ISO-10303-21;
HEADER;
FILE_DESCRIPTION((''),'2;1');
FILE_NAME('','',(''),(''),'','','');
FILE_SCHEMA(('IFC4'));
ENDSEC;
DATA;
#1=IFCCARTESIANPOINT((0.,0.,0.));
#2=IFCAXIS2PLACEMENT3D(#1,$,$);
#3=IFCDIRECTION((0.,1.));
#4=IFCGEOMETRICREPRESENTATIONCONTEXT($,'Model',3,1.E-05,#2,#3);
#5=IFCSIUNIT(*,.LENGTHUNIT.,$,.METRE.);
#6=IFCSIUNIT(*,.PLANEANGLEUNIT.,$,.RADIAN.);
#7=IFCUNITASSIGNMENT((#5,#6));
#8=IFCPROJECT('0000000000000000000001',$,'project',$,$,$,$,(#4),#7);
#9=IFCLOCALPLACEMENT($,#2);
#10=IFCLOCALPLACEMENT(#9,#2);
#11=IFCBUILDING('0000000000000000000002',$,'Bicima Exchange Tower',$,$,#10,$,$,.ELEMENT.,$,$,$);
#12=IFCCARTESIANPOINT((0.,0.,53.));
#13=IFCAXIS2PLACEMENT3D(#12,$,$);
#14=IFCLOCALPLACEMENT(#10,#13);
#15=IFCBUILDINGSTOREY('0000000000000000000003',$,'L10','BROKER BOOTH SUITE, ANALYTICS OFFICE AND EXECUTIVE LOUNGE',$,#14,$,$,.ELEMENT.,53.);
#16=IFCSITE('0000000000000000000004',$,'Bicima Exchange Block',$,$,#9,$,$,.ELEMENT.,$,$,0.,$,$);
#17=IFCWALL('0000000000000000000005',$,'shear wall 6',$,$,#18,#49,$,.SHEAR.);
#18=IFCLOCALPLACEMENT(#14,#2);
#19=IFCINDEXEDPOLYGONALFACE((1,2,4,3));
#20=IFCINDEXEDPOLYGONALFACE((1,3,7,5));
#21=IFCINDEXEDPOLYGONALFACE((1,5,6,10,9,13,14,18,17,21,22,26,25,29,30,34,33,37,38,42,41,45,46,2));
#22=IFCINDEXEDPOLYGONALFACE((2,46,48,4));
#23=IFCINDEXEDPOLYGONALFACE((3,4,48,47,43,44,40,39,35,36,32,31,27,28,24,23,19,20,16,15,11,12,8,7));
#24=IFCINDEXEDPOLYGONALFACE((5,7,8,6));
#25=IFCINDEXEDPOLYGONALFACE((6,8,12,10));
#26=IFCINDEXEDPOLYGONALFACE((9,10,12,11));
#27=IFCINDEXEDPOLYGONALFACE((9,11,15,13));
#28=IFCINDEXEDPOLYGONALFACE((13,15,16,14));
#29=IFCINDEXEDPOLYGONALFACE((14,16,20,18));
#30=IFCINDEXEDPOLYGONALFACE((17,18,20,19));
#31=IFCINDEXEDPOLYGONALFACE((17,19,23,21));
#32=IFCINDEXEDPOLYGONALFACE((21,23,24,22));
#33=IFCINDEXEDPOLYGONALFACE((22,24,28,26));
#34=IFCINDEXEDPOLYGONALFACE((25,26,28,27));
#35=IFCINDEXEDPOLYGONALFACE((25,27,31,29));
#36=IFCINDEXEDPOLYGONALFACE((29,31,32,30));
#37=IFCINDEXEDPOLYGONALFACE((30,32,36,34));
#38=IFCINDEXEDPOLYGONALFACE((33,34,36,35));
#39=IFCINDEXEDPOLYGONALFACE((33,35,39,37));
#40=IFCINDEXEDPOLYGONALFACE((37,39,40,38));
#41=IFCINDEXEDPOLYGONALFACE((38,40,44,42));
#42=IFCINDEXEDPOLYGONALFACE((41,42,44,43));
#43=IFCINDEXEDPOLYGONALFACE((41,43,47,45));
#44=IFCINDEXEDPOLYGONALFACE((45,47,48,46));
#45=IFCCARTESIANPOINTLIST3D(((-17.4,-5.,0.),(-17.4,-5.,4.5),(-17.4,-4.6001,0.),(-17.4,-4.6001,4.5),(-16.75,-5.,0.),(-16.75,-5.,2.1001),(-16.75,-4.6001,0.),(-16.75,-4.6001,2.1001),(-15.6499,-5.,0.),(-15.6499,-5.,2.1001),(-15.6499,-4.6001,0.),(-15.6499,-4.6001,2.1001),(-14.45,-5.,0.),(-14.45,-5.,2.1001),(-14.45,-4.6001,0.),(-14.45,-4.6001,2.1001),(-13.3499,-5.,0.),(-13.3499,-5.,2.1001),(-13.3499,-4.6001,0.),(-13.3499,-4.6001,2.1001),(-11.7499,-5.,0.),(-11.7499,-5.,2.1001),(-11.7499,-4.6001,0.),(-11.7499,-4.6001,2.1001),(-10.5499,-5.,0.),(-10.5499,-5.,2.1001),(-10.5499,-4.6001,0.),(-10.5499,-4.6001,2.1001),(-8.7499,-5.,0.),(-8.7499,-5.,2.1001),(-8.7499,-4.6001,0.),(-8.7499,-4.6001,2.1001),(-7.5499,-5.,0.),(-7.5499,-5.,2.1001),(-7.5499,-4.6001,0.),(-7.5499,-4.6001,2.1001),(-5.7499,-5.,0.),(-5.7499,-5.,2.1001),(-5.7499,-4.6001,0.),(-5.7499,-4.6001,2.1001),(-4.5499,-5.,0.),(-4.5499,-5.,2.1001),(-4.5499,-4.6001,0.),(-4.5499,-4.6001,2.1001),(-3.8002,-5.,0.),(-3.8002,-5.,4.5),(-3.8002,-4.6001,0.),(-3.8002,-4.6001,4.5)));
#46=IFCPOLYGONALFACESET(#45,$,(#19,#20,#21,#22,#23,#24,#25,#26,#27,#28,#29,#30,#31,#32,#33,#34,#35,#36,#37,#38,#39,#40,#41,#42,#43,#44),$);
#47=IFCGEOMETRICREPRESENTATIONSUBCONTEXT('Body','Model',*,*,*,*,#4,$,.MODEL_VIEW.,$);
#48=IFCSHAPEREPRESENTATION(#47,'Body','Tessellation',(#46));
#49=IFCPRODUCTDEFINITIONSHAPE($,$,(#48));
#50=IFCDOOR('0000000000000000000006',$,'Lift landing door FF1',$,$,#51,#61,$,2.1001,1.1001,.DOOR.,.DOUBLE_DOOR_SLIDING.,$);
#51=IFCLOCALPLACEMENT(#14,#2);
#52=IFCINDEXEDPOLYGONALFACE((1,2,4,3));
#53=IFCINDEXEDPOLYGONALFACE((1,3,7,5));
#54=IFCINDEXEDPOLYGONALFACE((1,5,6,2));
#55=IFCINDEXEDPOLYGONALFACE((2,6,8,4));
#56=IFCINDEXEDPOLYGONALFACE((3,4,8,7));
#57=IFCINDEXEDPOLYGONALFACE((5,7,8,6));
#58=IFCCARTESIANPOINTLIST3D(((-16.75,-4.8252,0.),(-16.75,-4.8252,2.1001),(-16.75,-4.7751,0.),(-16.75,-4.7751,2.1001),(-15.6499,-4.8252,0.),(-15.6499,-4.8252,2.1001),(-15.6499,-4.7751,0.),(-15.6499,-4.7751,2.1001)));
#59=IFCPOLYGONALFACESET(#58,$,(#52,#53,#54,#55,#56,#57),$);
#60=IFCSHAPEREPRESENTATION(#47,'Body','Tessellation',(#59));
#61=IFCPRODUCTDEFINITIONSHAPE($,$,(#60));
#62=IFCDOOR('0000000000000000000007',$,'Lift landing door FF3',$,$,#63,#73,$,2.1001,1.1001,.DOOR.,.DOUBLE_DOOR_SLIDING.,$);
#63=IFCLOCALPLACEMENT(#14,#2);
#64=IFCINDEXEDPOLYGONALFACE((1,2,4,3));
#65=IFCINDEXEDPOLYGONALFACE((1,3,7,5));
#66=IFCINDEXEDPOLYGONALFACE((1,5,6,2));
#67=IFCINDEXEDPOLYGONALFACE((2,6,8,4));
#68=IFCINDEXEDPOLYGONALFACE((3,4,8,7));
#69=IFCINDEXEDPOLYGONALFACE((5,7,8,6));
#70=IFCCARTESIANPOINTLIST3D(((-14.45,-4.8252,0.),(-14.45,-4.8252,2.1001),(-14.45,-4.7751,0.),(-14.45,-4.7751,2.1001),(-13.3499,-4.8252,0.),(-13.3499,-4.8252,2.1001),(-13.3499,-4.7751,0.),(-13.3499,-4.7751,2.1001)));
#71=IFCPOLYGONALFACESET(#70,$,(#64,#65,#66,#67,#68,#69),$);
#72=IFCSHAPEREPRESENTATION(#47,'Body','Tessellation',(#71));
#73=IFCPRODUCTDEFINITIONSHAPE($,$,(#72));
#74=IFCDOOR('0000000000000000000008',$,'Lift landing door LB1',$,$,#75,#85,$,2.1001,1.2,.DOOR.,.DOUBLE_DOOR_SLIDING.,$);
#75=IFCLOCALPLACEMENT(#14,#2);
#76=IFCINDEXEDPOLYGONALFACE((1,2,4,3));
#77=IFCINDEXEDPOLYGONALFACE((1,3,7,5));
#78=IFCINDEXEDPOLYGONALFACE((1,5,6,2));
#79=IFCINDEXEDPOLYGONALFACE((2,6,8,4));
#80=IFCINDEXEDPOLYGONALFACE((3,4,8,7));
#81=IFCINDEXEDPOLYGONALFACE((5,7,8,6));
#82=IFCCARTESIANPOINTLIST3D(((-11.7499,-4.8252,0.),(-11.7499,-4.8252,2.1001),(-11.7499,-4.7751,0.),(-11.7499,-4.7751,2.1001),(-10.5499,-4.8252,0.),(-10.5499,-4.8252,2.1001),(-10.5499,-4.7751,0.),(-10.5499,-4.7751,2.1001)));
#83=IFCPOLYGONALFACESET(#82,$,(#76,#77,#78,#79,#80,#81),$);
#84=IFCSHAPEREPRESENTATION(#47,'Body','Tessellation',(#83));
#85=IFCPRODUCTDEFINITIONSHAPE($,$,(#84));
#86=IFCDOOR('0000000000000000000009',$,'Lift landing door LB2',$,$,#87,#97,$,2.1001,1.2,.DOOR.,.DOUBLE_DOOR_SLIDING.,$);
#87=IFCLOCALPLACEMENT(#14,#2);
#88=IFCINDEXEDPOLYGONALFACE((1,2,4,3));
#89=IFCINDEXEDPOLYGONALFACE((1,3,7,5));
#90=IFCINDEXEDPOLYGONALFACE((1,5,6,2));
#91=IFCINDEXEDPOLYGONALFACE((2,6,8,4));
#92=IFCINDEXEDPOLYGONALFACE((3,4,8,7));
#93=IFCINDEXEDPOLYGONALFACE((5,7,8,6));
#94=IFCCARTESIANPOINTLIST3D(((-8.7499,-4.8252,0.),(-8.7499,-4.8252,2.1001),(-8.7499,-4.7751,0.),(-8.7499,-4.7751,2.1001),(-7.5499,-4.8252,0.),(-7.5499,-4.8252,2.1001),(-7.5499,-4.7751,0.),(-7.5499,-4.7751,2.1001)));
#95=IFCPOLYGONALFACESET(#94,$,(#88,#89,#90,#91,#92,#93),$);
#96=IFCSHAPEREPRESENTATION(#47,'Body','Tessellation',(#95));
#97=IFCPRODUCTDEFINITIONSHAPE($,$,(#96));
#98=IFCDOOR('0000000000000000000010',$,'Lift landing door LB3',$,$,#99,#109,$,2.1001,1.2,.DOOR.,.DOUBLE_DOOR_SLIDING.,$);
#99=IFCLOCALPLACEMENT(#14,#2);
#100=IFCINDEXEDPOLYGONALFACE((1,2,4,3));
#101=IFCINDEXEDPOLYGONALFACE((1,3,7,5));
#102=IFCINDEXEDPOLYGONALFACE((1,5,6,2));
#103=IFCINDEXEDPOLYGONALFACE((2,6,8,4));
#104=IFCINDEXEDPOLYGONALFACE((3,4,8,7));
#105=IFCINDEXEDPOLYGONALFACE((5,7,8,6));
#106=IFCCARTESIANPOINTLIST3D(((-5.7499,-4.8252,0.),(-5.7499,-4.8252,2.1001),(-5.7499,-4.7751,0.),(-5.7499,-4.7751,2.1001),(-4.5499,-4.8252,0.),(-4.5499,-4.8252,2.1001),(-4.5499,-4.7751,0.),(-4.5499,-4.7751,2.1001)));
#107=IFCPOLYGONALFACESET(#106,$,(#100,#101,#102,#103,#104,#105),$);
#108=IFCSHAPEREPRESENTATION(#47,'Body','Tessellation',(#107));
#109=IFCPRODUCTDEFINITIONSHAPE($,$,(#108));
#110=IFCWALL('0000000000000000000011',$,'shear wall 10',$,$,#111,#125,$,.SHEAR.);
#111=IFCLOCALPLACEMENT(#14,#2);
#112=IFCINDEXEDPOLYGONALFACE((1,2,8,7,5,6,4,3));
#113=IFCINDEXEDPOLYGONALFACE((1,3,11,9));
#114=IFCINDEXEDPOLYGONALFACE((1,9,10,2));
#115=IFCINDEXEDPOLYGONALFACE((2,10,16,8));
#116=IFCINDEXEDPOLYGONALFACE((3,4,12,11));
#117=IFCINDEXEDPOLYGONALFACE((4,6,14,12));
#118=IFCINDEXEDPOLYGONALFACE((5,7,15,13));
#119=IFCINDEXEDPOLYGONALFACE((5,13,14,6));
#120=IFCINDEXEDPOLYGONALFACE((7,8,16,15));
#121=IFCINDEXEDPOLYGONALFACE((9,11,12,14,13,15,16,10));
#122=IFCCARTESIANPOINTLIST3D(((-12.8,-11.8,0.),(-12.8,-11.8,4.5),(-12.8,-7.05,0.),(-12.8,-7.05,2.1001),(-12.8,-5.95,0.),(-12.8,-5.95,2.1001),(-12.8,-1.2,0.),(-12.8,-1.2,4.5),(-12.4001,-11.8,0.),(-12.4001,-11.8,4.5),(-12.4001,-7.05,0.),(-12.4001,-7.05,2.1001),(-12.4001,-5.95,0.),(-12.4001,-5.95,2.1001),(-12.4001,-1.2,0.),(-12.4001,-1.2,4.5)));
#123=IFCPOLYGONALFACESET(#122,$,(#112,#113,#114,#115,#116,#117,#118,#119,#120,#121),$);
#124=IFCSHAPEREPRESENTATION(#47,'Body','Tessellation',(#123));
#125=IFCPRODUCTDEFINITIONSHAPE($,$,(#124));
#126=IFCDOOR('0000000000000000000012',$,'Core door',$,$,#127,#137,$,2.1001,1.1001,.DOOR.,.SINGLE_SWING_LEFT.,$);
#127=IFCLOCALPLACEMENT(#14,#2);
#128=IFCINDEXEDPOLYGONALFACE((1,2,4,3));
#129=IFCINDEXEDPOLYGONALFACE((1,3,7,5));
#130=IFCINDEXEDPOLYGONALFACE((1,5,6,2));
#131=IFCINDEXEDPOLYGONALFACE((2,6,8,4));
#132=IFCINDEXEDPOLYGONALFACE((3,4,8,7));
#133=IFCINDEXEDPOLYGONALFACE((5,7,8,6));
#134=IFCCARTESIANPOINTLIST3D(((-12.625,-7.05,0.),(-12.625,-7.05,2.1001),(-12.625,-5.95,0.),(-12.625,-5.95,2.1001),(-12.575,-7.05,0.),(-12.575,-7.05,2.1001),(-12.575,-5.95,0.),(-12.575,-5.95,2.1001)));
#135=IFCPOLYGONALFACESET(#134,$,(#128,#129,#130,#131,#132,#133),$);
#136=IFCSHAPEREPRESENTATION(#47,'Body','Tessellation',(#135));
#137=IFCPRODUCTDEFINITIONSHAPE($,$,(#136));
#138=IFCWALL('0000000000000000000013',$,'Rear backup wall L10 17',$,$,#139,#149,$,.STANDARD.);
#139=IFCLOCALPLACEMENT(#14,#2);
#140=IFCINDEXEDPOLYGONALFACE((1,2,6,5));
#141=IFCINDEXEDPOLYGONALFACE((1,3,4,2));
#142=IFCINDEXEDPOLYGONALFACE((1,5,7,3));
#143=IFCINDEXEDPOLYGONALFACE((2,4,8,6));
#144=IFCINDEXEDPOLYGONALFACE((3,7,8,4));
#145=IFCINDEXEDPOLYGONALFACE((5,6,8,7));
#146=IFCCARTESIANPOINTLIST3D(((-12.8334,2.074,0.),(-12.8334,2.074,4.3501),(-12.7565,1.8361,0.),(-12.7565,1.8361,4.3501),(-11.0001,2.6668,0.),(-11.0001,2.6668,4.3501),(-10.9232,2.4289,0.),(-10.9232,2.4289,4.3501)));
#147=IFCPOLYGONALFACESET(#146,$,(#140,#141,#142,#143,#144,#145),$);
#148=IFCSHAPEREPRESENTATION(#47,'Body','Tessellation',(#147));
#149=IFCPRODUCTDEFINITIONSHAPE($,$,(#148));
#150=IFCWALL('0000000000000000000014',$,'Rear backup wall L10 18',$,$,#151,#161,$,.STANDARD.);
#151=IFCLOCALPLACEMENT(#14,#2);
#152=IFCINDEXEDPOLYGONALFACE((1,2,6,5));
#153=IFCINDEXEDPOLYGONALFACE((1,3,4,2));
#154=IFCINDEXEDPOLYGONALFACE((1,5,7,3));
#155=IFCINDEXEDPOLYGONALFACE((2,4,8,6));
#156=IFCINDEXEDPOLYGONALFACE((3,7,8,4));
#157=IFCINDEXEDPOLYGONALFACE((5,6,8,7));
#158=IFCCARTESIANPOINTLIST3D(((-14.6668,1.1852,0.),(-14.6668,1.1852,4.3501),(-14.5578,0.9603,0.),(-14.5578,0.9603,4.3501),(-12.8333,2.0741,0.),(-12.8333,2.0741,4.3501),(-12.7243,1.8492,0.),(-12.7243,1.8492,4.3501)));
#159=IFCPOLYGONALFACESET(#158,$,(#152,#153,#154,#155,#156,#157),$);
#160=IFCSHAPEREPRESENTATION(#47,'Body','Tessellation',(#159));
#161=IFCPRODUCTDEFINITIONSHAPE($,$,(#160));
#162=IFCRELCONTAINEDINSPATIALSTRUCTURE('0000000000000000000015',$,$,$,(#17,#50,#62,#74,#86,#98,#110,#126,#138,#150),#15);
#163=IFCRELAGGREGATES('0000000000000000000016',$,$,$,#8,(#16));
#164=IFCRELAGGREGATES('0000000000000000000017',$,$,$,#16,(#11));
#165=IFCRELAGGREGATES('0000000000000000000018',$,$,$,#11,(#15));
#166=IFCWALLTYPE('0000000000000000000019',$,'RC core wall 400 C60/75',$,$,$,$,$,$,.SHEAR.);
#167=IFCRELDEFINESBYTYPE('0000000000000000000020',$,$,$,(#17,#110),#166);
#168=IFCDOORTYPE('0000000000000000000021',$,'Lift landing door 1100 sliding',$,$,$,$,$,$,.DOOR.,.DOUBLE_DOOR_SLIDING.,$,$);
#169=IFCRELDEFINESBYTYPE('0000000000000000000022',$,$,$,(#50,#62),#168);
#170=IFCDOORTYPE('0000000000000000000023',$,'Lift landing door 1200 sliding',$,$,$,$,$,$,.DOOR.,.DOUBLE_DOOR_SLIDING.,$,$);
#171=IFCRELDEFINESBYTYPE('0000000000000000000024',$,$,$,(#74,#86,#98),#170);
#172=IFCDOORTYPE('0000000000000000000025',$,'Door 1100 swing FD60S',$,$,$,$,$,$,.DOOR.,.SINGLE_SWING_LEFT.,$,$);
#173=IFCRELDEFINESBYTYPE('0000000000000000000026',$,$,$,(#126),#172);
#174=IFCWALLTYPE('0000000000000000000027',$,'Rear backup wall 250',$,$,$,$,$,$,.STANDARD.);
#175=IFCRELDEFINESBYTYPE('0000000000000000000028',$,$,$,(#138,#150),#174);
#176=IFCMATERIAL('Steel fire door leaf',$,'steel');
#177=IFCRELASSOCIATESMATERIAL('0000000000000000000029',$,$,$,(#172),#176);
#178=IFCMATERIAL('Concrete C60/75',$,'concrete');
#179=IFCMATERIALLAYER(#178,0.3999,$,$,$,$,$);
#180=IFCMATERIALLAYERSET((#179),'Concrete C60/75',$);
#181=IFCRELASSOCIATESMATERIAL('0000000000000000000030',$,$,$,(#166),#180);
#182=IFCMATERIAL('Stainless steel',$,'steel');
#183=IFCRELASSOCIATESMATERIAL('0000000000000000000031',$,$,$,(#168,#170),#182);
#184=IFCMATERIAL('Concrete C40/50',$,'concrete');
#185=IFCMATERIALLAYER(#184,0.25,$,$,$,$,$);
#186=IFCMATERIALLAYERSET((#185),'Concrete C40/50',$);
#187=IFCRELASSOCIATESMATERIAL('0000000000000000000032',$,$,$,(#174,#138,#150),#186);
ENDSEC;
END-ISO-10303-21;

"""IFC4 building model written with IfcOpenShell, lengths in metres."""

from ifc_helpers import new_model, si_unit, direction, frame, frame_2d, origin, place, context, subcontext, project, spatial, rectangle, extrude, material, layer, layer_set, layer_usage, type_object, element, fill, save


model = new_model("IFC4")

# Units and contexts
model_context = context("Model", 3, precision=1e-05, world=origin(), true_north=direction((0.0, 1.0)))
body_context = subcontext(model_context, "Body", "Model", "MODEL_VIEW")
ifc_project = project(units=[si_unit("LENGTHUNIT", "METRE"), si_unit("PLANEANGLEUNIT", "RADIAN")], contexts=[model_context])

# Site, building, storey
site_placement = place(None, origin())
site = spatial("IfcSite", under=ifc_project, at=site_placement, Name="Bicima Exchange Block", CompositionType="ELEMENT", RefElevation=0.0)
building_placement = place(site_placement, origin())
building = spatial("IfcBuilding", under=site, at=building_placement, Name="Bicima Exchange Tower", CompositionType="ELEMENT")
storey_placement = place(building_placement, frame((0.0, 0.0, 53.0)))
storey = spatial("IfcBuildingStorey", under=building, at=storey_placement, Name="L10", Description="BROKER BOOTH SUITE, ANALYTICS OFFICE AND EXECUTIVE LOUNGE", CompositionType="ELEMENT", Elevation=53.0)

# Shared definitions
ifc_material_1 = material(Name="Steel fire door leaf", Category="steel")
door_type_1 = type_object("IfcDoorType", Name="Door 1100 swing FD60S", OperationType="SINGLE_SWING_LEFT", PredefinedType="DOOR", material=ifc_material_1)

# Shared definitions
ifc_material_2 = material(Name="Concrete C60/75", Category="concrete")
ifc_layer_1 = layer(ifc_material_2, 0.3999)
ifc_layer_set_1 = layer_set([ifc_layer_1], Name="Concrete C60/75")
wall_type_1 = type_object("IfcWallType", Name="RC core wall 400 C60/75", PredefinedType="SHEAR", material=ifc_layer_set_1)

# Wall, openings, doors
wall_1_placement = place(storey_placement, frame((-17.3999, -4.8, 0.0), z_axis=(0.0, 0.0, 1.0), x_axis=(1.0, 0.0, 0.0)))
wall_1 = element("IfcWall", 1, at=wall_1_placement, inside=storey, type_object=wall_type_1, Name="shear wall 6", PredefinedType="SHEAR", context=body_context, shape_type="SweptSolid", body=[
    extrude(rectangle(XDim=13.5999, YDim=0.3999, at=frame_2d((6.7998, 0.0))), origin(), (0.0, 0.0, 1.0), 4.5),
])
opening_1_placement = place(wall_1_placement, frame((0.6499, 0.0, 0.0)))
opening_1 = element("IfcOpeningElement", 2, at=opening_1_placement, cuts=wall_1, PredefinedType="OPENING", context=body_context, shape_type="SweptSolid", body=[
    extrude(rectangle(XDim=1.1001, YDim=2.1001, at=frame_2d((0.55, 1.05))), frame((0.0, 0.2119, 0.0), z_axis=(0.0, -1.0, 0.0), x_axis=(1.0, 0.0, 0.0)), (0.0, 0.0, 1.0), 0.4238),
])
opening_2_placement = place(wall_1_placement, frame((2.95, 0.0, 0.0)))
opening_2 = element("IfcOpeningElement", 3, at=opening_2_placement, cuts=wall_1, PredefinedType="OPENING", context=body_context, shape_type="SweptSolid", body=[
    extrude(rectangle(XDim=1.1001, YDim=2.1001, at=frame_2d((0.55, 1.05))), frame((0.0, 0.2119, 0.0), z_axis=(0.0, -1.0, 0.0), x_axis=(1.0, 0.0, 0.0)), (0.0, 0.0, 1.0), 0.4238),
])
opening_3_placement = place(wall_1_placement, frame((5.6499, 0.0, 0.0)))
opening_3 = element("IfcOpeningElement", 4, at=opening_3_placement, cuts=wall_1, PredefinedType="OPENING", context=body_context, shape_type="SweptSolid", body=[
    extrude(rectangle(XDim=1.2, YDim=2.1001, at=frame_2d((0.6001, 1.05))), frame((0.0, 0.2119, 0.0), z_axis=(0.0, -1.0, 0.0), x_axis=(1.0, 0.0, 0.0)), (0.0, 0.0, 1.0), 0.4238),
])
opening_4_placement = place(wall_1_placement, frame((8.6499, 0.0, 0.0)))
opening_4 = element("IfcOpeningElement", 5, at=opening_4_placement, cuts=wall_1, PredefinedType="OPENING", context=body_context, shape_type="SweptSolid", body=[
    extrude(rectangle(XDim=1.2, YDim=2.1001, at=frame_2d((0.6001, 1.05))), frame((0.0, 0.2119, 0.0), z_axis=(0.0, -1.0, 0.0), x_axis=(1.0, 0.0, 0.0)), (0.0, 0.0, 1.0), 0.4238),
])
opening_5_placement = place(wall_1_placement, frame((11.6499, 0.0, 0.0)))
opening_5 = element("IfcOpeningElement", 6, at=opening_5_placement, cuts=wall_1, PredefinedType="OPENING", context=body_context, shape_type="SweptSolid", body=[
    extrude(rectangle(XDim=1.2, YDim=2.1001, at=frame_2d((0.6001, 1.05))), frame((0.0, 0.2119, 0.0), z_axis=(0.0, -1.0, 0.0), x_axis=(1.0, 0.0, 0.0)), (0.0, 0.0, 1.0), 0.4238),
])
ifc_material_3 = material(Name="Stainless steel", Category="steel")
door_type_2 = type_object("IfcDoorType", Name="Lift landing door 1100 sliding", OperationType="DOUBLE_DOOR_SLIDING", PredefinedType="DOOR", material=ifc_material_3)
door_1_placement = place(opening_1_placement, origin())
door_1 = element("IfcDoor", 7, at=door_1_placement, inside=storey, type_object=door_type_2, Name="Lift landing door FF1", OperationType="DOUBLE_DOOR_SLIDING", OverallHeight=2.1001, OverallWidth=1.1001, PredefinedType="DOOR", context=body_context, shape_type="SweptSolid", body=[
    extrude(rectangle(XDim=1.1001, YDim=2.1001, at=frame_2d((0.55, 1.05))), frame((0.0, 0.0249, 0.0), z_axis=(0.0, -1.0, 0.0), x_axis=(1.0, 0.0, 0.0)), (0.0, 0.0, 1.0), 0.05),
])
fill(opening_1, door_1)
door_2_placement = place(opening_2_placement, origin())
door_2 = element("IfcDoor", 8, at=door_2_placement, inside=storey, type_object=door_type_2, Name="Lift landing door FF3", OperationType="DOUBLE_DOOR_SLIDING", OverallHeight=2.1001, OverallWidth=1.1001, PredefinedType="DOOR", context=body_context, shape_type="SweptSolid", body=[
    extrude(rectangle(XDim=1.1001, YDim=2.1001, at=frame_2d((0.55, 1.05))), frame((0.0, 0.0249, 0.0), z_axis=(0.0, -1.0, 0.0), x_axis=(1.0, 0.0, 0.0)), (0.0, 0.0, 1.0), 0.05),
])
fill(opening_2, door_2)
door_type_3 = type_object("IfcDoorType", Name="Lift landing door 1200 sliding", OperationType="DOUBLE_DOOR_SLIDING", PredefinedType="DOOR", material=ifc_material_3)
door_3_placement = place(opening_3_placement, origin())
door_3 = element("IfcDoor", 9, at=door_3_placement, inside=storey, type_object=door_type_3, Name="Lift landing door LB1", OperationType="DOUBLE_DOOR_SLIDING", OverallHeight=2.1001, OverallWidth=1.2, PredefinedType="DOOR", context=body_context, shape_type="SweptSolid", body=[
    extrude(rectangle(XDim=1.2, YDim=2.1001, at=frame_2d((0.6001, 1.05))), frame((0.0, 0.0249, 0.0), z_axis=(0.0, -1.0, 0.0), x_axis=(1.0, 0.0, 0.0)), (0.0, 0.0, 1.0), 0.05),
])
fill(opening_3, door_3)
door_4_placement = place(opening_4_placement, origin())
door_4 = element("IfcDoor", 10, at=door_4_placement, inside=storey, type_object=door_type_3, Name="Lift landing door LB2", OperationType="DOUBLE_DOOR_SLIDING", OverallHeight=2.1001, OverallWidth=1.2, PredefinedType="DOOR", context=body_context, shape_type="SweptSolid", body=[
    extrude(rectangle(XDim=1.2, YDim=2.1001, at=frame_2d((0.6001, 1.05))), frame((0.0, 0.0249, 0.0), z_axis=(0.0, -1.0, 0.0), x_axis=(1.0, 0.0, 0.0)), (0.0, 0.0, 1.0), 0.05),
])
fill(opening_4, door_4)
door_5_placement = place(opening_5_placement, origin())
door_5 = element("IfcDoor", 11, at=door_5_placement, inside=storey, type_object=door_type_3, Name="Lift landing door LB3", OperationType="DOUBLE_DOOR_SLIDING", OverallHeight=2.1001, OverallWidth=1.2, PredefinedType="DOOR", context=body_context, shape_type="SweptSolid", body=[
    extrude(rectangle(XDim=1.2, YDim=2.1001, at=frame_2d((0.6001, 1.05))), frame((0.0, 0.0249, 0.0), z_axis=(0.0, -1.0, 0.0), x_axis=(1.0, 0.0, 0.0)), (0.0, 0.0, 1.0), 0.05),
])
fill(opening_5, door_5)

# Wall, opening, door
wall_2_placement = place(storey_placement, frame((-12.6001, -11.8, 0.0), z_axis=(0.0, 0.0, 1.0), x_axis=(0.0, 1.0, 0.0)))
wall_2 = element("IfcWall", 12, at=wall_2_placement, inside=storey, type_object=wall_type_1, Name="shear wall 10", PredefinedType="SHEAR", context=body_context, shape_type="SweptSolid", body=[
    extrude(rectangle(XDim=10.6001, YDim=0.3999, at=frame_2d((5.3, 0.0))), origin(), (0.0, 0.0, 1.0), 4.5),
])
opening_6_placement = place(wall_2_placement, frame((4.75, 0.0, 0.0)))
opening_6 = element("IfcOpeningElement", 13, at=opening_6_placement, cuts=wall_2, PredefinedType="OPENING", context=body_context, shape_type="SweptSolid", body=[
    extrude(rectangle(XDim=1.1001, YDim=2.1001, at=frame_2d((0.55, 1.05))), frame((0.0, 0.2119, 0.0), z_axis=(0.0, -1.0, 0.0), x_axis=(1.0, 0.0, 0.0)), (0.0, 0.0, 1.0), 0.4238),
])
door_6_placement = place(opening_6_placement, origin())
door_6 = element("IfcDoor", 14, at=door_6_placement, inside=storey, type_object=door_type_1, Name="Core door", OperationType="SINGLE_SWING_LEFT", OverallHeight=2.1001, OverallWidth=1.1001, PredefinedType="DOOR", context=body_context, shape_type="SweptSolid", body=[
    extrude(rectangle(XDim=1.1001, YDim=2.1001, at=frame_2d((0.55, 1.05))), frame((0.0, 0.0249, 0.0), z_axis=(0.0, -1.0, 0.0), x_axis=(1.0, 0.0, 0.0)), (0.0, 0.0, 1.0), 0.05),
])
fill(opening_6, door_6)

# Walls
ifc_material_4 = material(Name="Concrete C40/50", Category="concrete")
ifc_layer_2 = layer(ifc_material_4, 0.25)
ifc_layer_set_2 = layer_set([ifc_layer_2], Name="Concrete C40/50")
ifc_layer_usage = layer_usage(ifc_layer_set_2, "AXIS2", "POSITIVE", -0.125)
wall_type_2 = type_object("IfcWallType", Name="Rear backup wall 250", PredefinedType="STANDARD", material=ifc_layer_set_2)
wall_3_placement = place(storey_placement, frame((-10.9617, 2.5479, 0.0), z_axis=(0.0, 0.0, 1.0), x_axis=(-0.951496, -0.307662, 0.0)))
element("IfcWall", 15, at=wall_3_placement, inside=storey, type_object=wall_type_2, material=ifc_layer_usage, Name="Rear backup wall L10 17", PredefinedType="STANDARD", context=body_context, shape_type="SweptSolid", body=[
    extrude(rectangle(XDim=1.9268, YDim=0.25, at=frame_2d((0.9634, 0.0))), origin(), (0.0, 0.0, 1.0), 4.3501),
])
wall_4_placement = place(storey_placement, frame((-12.7788, 1.9617, 0.0), z_axis=(0.0, 0.0, 1.0), x_axis=(-0.899824, -0.436253, 0.0)))
element("IfcWall", 16, at=wall_4_placement, inside=storey, type_object=wall_type_2, material=ifc_layer_usage, Name="Rear backup wall L10 18", PredefinedType="STANDARD", context=body_context, shape_type="SweptSolid", body=[
    extrude(rectangle(XDim=2.0376, YDim=0.25, at=frame_2d((1.0188, 0.0))), origin(), (0.0, 0.0, 1.0), 4.3501),
])

save(model, "model.ifc")
